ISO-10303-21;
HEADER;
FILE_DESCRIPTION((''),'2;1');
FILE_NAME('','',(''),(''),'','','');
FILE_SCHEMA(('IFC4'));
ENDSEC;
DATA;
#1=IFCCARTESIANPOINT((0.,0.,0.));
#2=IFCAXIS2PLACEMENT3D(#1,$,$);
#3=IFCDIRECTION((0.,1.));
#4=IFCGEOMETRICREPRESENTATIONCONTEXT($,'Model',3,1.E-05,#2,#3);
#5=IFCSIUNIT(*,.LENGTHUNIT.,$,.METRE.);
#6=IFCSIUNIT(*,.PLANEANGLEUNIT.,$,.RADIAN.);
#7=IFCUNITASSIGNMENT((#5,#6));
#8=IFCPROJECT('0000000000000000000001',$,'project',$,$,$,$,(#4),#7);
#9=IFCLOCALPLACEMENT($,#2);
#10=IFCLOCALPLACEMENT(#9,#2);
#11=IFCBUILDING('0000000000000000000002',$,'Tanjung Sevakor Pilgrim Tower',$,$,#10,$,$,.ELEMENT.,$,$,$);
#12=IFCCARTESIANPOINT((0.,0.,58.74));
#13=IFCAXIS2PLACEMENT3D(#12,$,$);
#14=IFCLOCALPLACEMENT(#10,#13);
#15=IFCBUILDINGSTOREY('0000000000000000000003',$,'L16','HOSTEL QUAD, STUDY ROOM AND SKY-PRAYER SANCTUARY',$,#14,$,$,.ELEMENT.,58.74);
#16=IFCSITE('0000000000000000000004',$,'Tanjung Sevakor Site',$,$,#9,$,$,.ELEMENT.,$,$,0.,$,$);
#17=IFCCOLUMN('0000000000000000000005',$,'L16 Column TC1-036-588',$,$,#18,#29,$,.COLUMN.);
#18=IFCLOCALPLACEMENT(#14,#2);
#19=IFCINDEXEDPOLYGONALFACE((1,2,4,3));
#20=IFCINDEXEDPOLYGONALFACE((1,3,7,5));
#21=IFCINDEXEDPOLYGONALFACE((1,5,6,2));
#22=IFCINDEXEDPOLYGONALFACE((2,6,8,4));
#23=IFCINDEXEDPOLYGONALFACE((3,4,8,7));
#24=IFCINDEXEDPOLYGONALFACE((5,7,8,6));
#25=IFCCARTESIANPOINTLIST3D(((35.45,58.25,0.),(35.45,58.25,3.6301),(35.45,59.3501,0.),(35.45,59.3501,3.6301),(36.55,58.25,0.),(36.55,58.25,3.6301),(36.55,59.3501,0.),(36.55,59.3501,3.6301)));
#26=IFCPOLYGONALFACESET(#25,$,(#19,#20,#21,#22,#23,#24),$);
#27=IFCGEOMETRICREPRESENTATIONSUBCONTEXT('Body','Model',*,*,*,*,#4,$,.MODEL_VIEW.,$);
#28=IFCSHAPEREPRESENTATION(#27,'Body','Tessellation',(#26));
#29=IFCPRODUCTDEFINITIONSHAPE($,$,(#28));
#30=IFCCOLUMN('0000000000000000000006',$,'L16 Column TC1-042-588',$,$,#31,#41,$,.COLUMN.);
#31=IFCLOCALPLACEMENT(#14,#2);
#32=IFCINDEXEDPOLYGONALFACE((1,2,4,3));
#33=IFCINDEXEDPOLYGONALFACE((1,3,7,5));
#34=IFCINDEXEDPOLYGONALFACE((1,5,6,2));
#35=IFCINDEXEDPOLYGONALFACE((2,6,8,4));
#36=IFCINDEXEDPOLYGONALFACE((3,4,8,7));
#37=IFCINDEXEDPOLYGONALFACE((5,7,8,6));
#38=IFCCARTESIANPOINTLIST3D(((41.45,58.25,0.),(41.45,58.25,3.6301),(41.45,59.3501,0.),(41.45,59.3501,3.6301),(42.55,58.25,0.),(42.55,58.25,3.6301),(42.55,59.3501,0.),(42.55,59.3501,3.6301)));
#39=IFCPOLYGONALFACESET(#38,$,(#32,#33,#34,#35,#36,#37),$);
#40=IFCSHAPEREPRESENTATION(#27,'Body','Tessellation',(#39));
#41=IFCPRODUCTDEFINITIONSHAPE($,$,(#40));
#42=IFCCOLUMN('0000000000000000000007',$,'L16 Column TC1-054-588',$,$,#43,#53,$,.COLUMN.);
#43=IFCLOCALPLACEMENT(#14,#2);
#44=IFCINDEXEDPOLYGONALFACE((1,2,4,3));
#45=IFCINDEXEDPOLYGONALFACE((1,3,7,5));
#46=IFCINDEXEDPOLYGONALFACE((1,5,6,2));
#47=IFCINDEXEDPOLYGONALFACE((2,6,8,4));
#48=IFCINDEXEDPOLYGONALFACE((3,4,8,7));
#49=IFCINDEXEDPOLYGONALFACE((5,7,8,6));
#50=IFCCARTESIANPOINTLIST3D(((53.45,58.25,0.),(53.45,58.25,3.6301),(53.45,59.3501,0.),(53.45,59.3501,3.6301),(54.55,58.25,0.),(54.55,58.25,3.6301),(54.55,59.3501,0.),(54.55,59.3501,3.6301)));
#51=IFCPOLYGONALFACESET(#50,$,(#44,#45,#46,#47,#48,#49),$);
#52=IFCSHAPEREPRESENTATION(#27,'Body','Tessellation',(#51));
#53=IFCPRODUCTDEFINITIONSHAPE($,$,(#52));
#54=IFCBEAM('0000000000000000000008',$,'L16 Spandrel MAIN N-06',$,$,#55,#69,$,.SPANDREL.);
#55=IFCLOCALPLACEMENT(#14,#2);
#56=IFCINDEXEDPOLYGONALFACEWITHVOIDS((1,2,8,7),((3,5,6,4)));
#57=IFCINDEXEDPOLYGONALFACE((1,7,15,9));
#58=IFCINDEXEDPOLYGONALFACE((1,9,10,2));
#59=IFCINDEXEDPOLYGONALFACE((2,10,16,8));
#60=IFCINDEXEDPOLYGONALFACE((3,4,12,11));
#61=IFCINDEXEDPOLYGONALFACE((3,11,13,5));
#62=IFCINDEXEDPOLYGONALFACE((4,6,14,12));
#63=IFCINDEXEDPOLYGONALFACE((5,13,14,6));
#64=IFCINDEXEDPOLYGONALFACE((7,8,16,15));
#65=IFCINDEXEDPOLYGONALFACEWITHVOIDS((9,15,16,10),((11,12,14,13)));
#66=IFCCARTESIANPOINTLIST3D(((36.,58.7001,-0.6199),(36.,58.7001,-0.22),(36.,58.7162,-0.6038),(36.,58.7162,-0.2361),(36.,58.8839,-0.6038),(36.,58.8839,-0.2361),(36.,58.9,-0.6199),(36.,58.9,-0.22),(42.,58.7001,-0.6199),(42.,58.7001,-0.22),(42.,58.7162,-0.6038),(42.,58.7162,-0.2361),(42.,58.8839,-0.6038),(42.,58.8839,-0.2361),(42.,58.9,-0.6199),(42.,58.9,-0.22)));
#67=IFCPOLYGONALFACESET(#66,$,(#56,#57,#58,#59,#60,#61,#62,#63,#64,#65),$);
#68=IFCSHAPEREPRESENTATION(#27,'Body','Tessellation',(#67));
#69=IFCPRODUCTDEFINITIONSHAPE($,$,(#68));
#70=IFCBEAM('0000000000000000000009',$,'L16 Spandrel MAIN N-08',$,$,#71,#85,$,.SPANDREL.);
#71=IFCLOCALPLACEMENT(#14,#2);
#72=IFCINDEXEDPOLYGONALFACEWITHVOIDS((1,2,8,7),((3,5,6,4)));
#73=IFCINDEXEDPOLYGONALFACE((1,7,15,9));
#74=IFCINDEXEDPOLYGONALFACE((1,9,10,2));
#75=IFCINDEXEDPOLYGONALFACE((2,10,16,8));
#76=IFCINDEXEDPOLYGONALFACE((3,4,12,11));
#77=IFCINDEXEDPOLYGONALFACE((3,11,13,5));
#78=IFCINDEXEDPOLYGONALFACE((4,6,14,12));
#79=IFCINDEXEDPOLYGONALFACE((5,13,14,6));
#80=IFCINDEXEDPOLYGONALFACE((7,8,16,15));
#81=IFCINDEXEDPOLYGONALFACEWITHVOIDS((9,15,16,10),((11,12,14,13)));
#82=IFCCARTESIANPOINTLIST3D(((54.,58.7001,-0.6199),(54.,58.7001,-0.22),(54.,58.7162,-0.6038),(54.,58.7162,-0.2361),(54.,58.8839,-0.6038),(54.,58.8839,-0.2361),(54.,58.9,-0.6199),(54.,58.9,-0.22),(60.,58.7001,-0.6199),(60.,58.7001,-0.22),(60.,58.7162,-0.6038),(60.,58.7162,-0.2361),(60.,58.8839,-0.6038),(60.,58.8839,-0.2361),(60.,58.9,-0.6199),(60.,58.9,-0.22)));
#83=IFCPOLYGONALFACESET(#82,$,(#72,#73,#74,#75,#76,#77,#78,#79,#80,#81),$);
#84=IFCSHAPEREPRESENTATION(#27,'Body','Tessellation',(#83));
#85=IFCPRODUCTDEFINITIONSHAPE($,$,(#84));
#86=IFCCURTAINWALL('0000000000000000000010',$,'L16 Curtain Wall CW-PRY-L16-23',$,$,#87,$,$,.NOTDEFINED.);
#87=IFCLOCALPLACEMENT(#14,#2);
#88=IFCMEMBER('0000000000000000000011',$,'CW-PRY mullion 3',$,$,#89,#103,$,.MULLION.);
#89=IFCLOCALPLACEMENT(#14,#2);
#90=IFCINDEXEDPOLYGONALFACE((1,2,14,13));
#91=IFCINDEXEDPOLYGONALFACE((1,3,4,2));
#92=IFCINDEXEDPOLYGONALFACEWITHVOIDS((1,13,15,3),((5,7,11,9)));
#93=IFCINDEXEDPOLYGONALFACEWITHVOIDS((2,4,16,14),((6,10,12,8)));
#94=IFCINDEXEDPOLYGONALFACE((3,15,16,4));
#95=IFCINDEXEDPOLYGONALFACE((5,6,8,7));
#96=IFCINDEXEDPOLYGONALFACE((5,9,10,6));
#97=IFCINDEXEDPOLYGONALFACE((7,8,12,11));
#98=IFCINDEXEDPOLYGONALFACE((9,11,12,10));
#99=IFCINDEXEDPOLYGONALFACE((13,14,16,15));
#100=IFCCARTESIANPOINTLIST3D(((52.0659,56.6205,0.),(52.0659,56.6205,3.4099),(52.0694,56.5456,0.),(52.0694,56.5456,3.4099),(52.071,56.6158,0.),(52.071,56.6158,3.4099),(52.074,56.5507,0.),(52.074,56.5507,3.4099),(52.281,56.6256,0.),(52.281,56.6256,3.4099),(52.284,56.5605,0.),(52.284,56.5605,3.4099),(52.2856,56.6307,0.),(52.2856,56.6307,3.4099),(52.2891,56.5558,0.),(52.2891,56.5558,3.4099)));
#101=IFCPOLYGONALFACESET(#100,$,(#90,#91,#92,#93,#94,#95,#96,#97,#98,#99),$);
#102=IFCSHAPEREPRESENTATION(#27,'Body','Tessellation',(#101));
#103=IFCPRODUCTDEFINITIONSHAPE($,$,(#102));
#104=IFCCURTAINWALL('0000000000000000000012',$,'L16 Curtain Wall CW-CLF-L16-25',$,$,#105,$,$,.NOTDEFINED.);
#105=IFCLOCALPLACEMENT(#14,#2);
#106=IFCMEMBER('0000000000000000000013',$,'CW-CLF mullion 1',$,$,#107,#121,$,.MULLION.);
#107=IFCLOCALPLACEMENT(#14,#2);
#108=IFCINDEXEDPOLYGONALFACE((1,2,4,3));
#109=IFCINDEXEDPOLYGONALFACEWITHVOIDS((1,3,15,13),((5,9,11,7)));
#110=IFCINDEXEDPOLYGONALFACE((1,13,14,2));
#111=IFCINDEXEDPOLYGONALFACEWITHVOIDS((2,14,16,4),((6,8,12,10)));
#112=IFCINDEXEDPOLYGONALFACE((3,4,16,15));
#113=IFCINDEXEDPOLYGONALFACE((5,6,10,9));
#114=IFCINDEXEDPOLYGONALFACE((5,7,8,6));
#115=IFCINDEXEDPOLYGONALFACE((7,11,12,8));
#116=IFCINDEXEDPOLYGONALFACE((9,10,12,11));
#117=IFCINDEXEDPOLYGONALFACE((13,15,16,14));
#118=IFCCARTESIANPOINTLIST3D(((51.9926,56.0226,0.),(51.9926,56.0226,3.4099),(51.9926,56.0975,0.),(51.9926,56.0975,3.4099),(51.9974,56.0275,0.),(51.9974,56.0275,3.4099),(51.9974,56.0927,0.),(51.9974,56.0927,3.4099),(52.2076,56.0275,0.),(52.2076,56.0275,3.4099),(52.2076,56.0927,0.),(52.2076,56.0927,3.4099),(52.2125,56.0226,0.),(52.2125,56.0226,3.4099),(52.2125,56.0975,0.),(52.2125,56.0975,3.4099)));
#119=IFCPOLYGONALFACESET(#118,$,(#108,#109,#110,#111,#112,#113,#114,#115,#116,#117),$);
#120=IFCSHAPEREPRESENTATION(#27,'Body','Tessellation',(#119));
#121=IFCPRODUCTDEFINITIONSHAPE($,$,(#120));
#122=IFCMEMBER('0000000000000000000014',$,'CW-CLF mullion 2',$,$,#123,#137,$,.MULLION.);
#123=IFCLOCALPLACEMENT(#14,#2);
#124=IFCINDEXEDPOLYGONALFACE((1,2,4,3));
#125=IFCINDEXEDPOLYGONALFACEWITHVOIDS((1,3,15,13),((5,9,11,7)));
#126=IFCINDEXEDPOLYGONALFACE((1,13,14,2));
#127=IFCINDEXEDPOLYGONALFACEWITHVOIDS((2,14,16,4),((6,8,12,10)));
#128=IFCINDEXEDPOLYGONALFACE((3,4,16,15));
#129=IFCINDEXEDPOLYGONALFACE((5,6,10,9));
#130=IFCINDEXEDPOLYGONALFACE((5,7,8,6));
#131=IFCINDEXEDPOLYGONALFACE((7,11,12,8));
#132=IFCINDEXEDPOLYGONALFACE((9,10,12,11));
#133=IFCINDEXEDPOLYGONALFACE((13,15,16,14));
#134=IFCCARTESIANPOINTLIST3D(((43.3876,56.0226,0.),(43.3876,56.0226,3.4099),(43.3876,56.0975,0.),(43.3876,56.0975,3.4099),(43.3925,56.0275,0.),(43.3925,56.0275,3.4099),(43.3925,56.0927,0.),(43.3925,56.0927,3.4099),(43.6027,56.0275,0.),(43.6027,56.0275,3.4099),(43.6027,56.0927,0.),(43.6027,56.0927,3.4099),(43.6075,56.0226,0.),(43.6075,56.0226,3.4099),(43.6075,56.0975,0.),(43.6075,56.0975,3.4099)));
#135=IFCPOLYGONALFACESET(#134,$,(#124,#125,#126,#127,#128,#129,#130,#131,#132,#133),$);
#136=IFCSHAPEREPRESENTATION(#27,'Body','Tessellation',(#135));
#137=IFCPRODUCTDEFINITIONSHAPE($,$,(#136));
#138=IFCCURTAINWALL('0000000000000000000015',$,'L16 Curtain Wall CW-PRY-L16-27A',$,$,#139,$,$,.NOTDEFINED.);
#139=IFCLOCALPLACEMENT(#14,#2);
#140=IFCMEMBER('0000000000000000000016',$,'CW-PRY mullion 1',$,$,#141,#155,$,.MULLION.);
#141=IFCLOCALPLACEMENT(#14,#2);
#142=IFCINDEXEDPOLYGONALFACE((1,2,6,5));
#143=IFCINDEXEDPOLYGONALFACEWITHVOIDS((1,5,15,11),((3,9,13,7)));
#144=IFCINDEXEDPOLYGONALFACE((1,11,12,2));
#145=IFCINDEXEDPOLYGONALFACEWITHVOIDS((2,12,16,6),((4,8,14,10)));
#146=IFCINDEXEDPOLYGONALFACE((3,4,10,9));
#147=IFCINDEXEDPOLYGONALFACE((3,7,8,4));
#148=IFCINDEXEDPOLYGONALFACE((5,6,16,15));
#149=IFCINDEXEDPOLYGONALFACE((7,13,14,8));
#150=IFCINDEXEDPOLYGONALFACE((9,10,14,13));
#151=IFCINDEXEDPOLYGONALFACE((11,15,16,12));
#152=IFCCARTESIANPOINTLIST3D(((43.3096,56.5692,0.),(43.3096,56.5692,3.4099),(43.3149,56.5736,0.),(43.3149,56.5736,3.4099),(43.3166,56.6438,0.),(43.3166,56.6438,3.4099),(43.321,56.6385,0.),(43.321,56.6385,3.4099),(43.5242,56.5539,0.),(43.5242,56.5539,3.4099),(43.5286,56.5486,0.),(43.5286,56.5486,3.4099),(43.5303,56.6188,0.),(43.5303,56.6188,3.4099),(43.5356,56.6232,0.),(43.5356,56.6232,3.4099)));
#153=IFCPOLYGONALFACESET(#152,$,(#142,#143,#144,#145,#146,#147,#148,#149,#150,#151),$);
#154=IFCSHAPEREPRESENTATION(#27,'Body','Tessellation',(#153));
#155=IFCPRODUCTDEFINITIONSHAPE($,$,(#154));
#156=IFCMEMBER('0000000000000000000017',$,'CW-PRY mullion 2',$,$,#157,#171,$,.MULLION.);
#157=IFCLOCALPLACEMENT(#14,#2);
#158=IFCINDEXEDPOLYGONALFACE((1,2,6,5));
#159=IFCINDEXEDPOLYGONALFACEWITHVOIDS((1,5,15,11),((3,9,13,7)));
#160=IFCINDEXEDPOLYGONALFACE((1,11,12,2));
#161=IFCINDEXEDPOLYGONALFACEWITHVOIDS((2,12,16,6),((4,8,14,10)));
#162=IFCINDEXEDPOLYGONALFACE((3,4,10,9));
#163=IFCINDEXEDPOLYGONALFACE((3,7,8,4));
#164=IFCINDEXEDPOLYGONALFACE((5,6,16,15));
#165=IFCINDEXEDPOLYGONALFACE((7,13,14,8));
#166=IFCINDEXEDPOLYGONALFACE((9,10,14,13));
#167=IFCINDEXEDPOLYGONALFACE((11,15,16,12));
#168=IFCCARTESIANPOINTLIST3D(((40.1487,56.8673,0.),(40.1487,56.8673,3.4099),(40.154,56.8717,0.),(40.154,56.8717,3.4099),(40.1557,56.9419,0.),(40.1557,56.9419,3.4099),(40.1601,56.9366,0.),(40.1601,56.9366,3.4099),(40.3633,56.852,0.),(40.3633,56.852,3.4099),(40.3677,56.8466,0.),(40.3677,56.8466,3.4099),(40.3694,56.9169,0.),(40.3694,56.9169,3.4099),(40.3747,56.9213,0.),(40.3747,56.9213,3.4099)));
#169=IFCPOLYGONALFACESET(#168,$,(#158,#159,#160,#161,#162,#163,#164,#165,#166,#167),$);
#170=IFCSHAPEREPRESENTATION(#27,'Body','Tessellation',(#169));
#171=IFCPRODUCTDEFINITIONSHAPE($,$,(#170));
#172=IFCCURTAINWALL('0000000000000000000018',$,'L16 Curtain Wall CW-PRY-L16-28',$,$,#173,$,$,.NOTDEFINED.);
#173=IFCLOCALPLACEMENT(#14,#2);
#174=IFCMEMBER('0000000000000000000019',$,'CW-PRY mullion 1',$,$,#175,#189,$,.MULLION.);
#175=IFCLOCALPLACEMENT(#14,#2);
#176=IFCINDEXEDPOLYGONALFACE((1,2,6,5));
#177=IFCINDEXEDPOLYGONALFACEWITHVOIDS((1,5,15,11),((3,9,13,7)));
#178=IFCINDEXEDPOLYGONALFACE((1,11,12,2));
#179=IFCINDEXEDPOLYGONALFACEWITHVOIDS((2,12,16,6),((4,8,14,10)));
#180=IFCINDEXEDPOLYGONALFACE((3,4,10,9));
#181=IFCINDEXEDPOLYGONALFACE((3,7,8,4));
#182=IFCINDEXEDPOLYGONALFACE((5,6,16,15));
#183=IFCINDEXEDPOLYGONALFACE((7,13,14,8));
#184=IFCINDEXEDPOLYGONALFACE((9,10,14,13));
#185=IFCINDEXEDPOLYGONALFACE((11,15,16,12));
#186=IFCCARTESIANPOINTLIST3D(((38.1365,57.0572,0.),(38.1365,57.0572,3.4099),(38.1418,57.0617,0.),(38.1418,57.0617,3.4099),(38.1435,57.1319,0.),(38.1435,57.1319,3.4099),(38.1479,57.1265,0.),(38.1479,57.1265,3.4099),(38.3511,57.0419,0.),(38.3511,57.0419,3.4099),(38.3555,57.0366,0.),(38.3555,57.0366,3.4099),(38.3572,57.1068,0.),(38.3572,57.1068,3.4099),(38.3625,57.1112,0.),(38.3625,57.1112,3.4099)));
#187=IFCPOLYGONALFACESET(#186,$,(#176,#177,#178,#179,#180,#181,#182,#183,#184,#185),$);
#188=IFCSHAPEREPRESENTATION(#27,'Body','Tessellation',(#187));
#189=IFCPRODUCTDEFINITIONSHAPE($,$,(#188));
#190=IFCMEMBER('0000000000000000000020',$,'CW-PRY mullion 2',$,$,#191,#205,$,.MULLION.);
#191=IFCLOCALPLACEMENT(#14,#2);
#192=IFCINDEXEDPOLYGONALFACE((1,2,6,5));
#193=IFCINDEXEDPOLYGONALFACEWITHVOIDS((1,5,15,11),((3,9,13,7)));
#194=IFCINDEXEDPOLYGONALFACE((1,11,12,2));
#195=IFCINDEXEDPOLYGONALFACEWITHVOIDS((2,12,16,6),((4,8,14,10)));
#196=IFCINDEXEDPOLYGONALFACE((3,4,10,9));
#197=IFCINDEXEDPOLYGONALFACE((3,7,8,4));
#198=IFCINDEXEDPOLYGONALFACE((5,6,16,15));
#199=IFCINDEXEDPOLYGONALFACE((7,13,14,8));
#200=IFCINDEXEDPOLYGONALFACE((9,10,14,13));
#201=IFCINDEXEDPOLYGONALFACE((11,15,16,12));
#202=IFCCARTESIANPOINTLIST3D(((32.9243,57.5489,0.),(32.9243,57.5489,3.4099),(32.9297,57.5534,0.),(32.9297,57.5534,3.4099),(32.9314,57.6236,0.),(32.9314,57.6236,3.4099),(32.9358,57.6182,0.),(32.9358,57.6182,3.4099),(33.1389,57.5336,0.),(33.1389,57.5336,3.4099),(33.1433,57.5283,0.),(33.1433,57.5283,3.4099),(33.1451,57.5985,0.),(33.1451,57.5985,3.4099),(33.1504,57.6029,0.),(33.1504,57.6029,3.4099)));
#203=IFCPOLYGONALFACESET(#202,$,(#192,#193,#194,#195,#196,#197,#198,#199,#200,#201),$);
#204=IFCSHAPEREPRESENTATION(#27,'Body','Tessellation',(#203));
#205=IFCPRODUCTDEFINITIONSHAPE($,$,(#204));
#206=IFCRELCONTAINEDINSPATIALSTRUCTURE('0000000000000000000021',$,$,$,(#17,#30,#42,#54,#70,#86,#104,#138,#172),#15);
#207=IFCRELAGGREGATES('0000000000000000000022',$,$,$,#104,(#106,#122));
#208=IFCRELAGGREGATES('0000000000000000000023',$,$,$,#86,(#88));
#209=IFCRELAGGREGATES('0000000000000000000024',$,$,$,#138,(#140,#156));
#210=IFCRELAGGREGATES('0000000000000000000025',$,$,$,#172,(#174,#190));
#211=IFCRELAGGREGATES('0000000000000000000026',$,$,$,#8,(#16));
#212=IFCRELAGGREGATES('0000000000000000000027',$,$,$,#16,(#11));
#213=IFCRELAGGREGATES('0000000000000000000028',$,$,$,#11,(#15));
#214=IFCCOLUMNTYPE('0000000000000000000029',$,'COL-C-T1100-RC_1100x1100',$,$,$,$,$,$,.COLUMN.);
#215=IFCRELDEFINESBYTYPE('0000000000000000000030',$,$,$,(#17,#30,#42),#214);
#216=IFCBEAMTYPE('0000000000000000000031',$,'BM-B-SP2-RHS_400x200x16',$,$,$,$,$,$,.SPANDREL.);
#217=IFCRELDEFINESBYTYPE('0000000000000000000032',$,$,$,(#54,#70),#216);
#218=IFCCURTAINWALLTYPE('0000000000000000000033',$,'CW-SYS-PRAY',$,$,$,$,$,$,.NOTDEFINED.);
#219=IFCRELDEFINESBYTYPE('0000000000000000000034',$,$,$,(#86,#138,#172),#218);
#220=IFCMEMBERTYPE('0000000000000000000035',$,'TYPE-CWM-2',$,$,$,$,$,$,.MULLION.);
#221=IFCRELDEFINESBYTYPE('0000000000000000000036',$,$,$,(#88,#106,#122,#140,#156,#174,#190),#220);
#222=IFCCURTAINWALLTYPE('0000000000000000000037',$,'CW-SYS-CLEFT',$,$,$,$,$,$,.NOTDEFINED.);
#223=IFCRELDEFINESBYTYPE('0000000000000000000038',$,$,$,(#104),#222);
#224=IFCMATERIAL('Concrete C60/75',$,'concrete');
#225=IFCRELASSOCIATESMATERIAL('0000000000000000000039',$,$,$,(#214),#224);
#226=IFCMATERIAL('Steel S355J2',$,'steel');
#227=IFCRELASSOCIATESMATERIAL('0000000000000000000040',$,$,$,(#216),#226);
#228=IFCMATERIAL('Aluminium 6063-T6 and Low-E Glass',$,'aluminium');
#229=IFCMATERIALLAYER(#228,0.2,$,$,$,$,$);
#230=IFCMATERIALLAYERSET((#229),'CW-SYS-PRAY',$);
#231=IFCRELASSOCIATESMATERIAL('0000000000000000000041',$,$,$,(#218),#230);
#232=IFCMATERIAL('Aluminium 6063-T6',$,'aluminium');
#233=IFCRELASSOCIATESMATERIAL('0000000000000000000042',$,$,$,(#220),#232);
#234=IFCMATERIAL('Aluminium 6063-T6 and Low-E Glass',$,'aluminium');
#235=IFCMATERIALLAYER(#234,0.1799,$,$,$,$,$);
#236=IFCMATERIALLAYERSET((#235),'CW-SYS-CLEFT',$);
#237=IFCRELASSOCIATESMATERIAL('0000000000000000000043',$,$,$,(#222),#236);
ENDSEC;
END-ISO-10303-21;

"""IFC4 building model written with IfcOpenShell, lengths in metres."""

from ifc_helpers import new_model, si_unit, direction, frame, origin, origin_2d, place, context, subcontext, project, spatial, rectangle, hollow_rectangle, extrude, material, layer, layer_set, material_profile, profile_set, type_object, element, aggregate, save


model = new_model("IFC4")

# Units and contexts
model_context = context("Model", 3, precision=1e-05, world=origin(), true_north=direction((0.0, 1.0)))
body_context = subcontext(model_context, "Body", "Model", "MODEL_VIEW")
ifc_project = project(units=[si_unit("LENGTHUNIT", "METRE"), si_unit("PLANEANGLEUNIT", "RADIAN")], contexts=[model_context])

# Site, building, storey
site_placement = place(None, origin())
site = spatial("IfcSite", under=ifc_project, at=site_placement, Name="Tanjung Sevakor Site", CompositionType="ELEMENT", RefElevation=0.0)
building_placement = place(site_placement, origin())
building = spatial("IfcBuilding", under=site, at=building_placement, Name="Tanjung Sevakor Pilgrim Tower", CompositionType="ELEMENT")
storey_placement = place(building_placement, frame((0.0, 0.0, 58.74)))
storey = spatial("IfcBuildingStorey", under=building, at=storey_placement, Name="L16", Description="HOSTEL QUAD, STUDY ROOM AND SKY-PRAYER SANCTUARY", CompositionType="ELEMENT", Elevation=58.74)

# Columns
ifc_material_1 = material(Name="Concrete C60/75", Category="concrete")
ifc_material_profile_1 = material_profile(ifc_material_1, rectangle(XDim=1.1001, YDim=1.1001, at=origin_2d()))
ifc_profile_set_1 = profile_set([ifc_material_profile_1], Name="Concrete C60/75")
column_type = type_object("IfcColumnType", Name="COL-C-T1100-RC_1100x1100", PredefinedType="COLUMN", material=ifc_profile_set_1)
for number, where, z_axis, x_axis, name in (
    (1, (36.0, 58.8, 0.0), (0.0, 0.0, 1.0), (1.0, 0.0, 0.0), "L16 Column TC1-036-588"),
    (2, (42.0, 58.8, 0.0), (0.0, 0.0, 1.0), (1.0, 0.0, 0.0), "L16 Column TC1-042-588"),
    (3, (54.0, 58.8, 0.0), (0.0, 0.0, 1.0), (1.0, 0.0, 0.0), "L16 Column TC1-054-588"),
):
    element("IfcColumn", number, at=place(storey_placement, frame(where, z_axis=z_axis, x_axis=x_axis)), inside=storey, type_object=column_type, Name=name, PredefinedType="COLUMN", context=body_context, shape_type="SweptSolid", body=[
        extrude(rectangle(XDim=1.1001, YDim=1.1001, at=origin_2d()), origin(), (0.0, 0.0, 1.0), 3.6301),
    ])

# Beams
ifc_material_2 = material(Name="Steel S355J2", Category="steel")
ifc_material_profile_2 = material_profile(ifc_material_2, hollow_rectangle(XDim=0.2, YDim=0.3999, WallThickness=0.0161, at=origin_2d()))
ifc_profile_set_2 = profile_set([ifc_material_profile_2], Name="Steel S355J2")
beam_type = type_object("IfcBeamType", Name="BM-B-SP2-RHS_400x200x16", PredefinedType="SPANDREL", material=ifc_profile_set_2)
for number, where, z_axis, x_axis, name in (
    (4, (36.0, 58.8, -0.4199), (1.0, 0.0, 0.0), (0.0, 1.0, 0.0), "L16 Spandrel MAIN N-06"),
    (5, (54.0, 58.8, -0.4199), (1.0, 0.0, 0.0), (0.0, 1.0, 0.0), "L16 Spandrel MAIN N-08"),
):
    element("IfcBeam", number, at=place(storey_placement, frame(where, z_axis=z_axis, x_axis=x_axis)), inside=storey, type_object=beam_type, Name=name, PredefinedType="SPANDREL", context=body_context, shape_type="SweptSolid", body=[
        extrude(hollow_rectangle(XDim=0.2, YDim=0.3999, WallThickness=0.0161, at=origin_2d()), origin(), (0.0, 0.0, 1.0), 6.0),
    ])

# Curtain wall, member
ifc_material_3 = material(Name="Aluminium 6063-T6 and Low-E Glass", Category="aluminium")
ifc_layer_1 = layer(ifc_material_3, 0.2)
ifc_layer_set_1 = layer_set([ifc_layer_1], Name="CW-SYS-PRAY")
curtain_wall_type_1 = type_object("IfcCurtainWallType", Name="CW-SYS-PRAY", PredefinedType="NOTDEFINED", material=ifc_layer_set_1)
curtain_wall_1_placement = place(storey_placement, origin())
curtain_wall_1 = element("IfcCurtainWall", 6, at=curtain_wall_1_placement, inside=storey, type_object=curtain_wall_type_1, Name="L16 Curtain Wall CW-PRY-L16-23", PredefinedType="NOTDEFINED")
ifc_material_4 = material(Name="Aluminium 6063-T6", Category="aluminium")
ifc_material_profile_3 = material_profile(ifc_material_4, hollow_rectangle(XDim=0.075, YDim=0.22, WallThickness=0.0049, at=origin_2d()))
ifc_profile_set_3 = profile_set([ifc_material_profile_3], Name="Aluminium 6063-T6")
member_type_1 = type_object("IfcMemberType", Name="TYPE-CWM-2", PredefinedType="MULLION", material=ifc_profile_set_3)
member_1_placement = place(storey_placement, frame((52.1775, 56.5881, 0.0), z_axis=(0.0, 0.0, 1.0), x_axis=(0.046462, -0.99892, 0.0)))
member_1 = element("IfcMember", 7, at=member_1_placement, type_object=member_type_1, Name="CW-PRY mullion 3", PredefinedType="MULLION", context=body_context, shape_type="SweptSolid", body=[
    extrude(hollow_rectangle(XDim=0.075, YDim=0.22, WallThickness=0.0049, at=origin_2d()), origin(), (0.0, 0.0, 1.0), 3.4099),
])

# Curtain walls, members
ifc_material_5 = material(Name="Aluminium 6063-T6 and Low-E Glass", Category="aluminium")
ifc_layer_2 = layer(ifc_material_5, 0.1799)
ifc_layer_set_2 = layer_set([ifc_layer_2], Name="CW-SYS-CLEFT")
curtain_wall_type_2 = type_object("IfcCurtainWallType", Name="CW-SYS-CLEFT", PredefinedType="NOTDEFINED", material=ifc_layer_set_2)
curtain_wall_2_placement = place(storey_placement, origin())
curtain_wall_2 = element("IfcCurtainWall", 8, at=curtain_wall_2_placement, inside=storey, type_object=curtain_wall_type_2, Name="L16 Curtain Wall CW-CLF-L16-25", PredefinedType="NOTDEFINED")
member_2_placement = place(storey_placement, frame((52.1025, 56.0601, 0.0), z_axis=(0.0, 0.0, 1.0), x_axis=(0.0, -1.0, 0.0)))
member_2 = element("IfcMember", 9, at=member_2_placement, type_object=member_type_1, Name="CW-CLF mullion 1", PredefinedType="MULLION", context=body_context, shape_type="SweptSolid", body=[
    extrude(hollow_rectangle(XDim=0.075, YDim=0.22, WallThickness=0.0049, at=origin_2d()), origin(), (0.0, 0.0, 1.0), 3.4099),
])
member_3_placement = place(storey_placement, frame((43.4976, 56.0601, 0.0), z_axis=(0.0, 0.0, 1.0), x_axis=(0.0, -1.0, 0.0)))
member_3 = element("IfcMember", 10, at=member_3_placement, type_object=member_type_1, Name="CW-CLF mullion 2", PredefinedType="MULLION", context=body_context, shape_type="SweptSolid", body=[
    extrude(hollow_rectangle(XDim=0.075, YDim=0.22, WallThickness=0.0049, at=origin_2d()), origin(), (0.0, 0.0, 1.0), 3.4099),
])
curtain_wall_3_placement = place(storey_placement, origin())
curtain_wall_3 = element("IfcCurtainWall", 11, at=curtain_wall_3_placement, inside=storey, type_object=curtain_wall_type_1, Name="L16 Curtain Wall CW-PRY-L16-27A", PredefinedType="NOTDEFINED")
member_4_placement = place(storey_placement, frame((43.4226, 56.5962, 0.0), z_axis=(0.0, 0.0, 1.0), x_axis=(-0.093909, -0.995581, 0.0)))
member_4 = element("IfcMember", 12, at=member_4_placement, type_object=member_type_1, Name="CW-PRY mullion 1", PredefinedType="MULLION", context=body_context, shape_type="SweptSolid", body=[
    extrude(hollow_rectangle(XDim=0.075, YDim=0.22, WallThickness=0.0049, at=origin_2d()), origin(), (0.0, 0.0, 1.0), 3.4099),
])
member_5_placement = place(storey_placement, frame((40.2617, 56.8943, 0.0), z_axis=(0.0, 0.0, 1.0), x_axis=(-0.093909, -0.995581, 0.0)))
member_5 = element("IfcMember", 13, at=member_5_placement, type_object=member_type_1, Name="CW-PRY mullion 2", PredefinedType="MULLION", context=body_context, shape_type="SweptSolid", body=[
    extrude(hollow_rectangle(XDim=0.075, YDim=0.22, WallThickness=0.0049, at=origin_2d()), origin(), (0.0, 0.0, 1.0), 3.4099),
])
curtain_wall_4_placement = place(storey_placement, origin())
curtain_wall_4 = element("IfcCurtainWall", 14, at=curtain_wall_4_placement, inside=storey, type_object=curtain_wall_type_1, Name="L16 Curtain Wall CW-PRY-L16-28", PredefinedType="NOTDEFINED")
member_6_placement = place(storey_placement, frame((38.2495, 57.0842, 0.0), z_axis=(0.0, 0.0, 1.0), x_axis=(-0.093929, -0.995579, 0.0)))
member_6 = element("IfcMember", 15, at=member_6_placement, type_object=member_type_1, Name="CW-PRY mullion 1", PredefinedType="MULLION", context=body_context, shape_type="SweptSolid", body=[
    extrude(hollow_rectangle(XDim=0.075, YDim=0.22, WallThickness=0.0049, at=origin_2d()), origin(), (0.0, 0.0, 1.0), 3.4099),
])
member_7_placement = place(storey_placement, frame((33.0374, 57.5759, 0.0), z_axis=(0.0, 0.0, 1.0), x_axis=(-0.093929, -0.995579, 0.0)))
member_7 = element("IfcMember", 16, at=member_7_placement, type_object=member_type_1, Name="CW-PRY mullion 2", PredefinedType="MULLION", context=body_context, shape_type="SweptSolid", body=[
    extrude(hollow_rectangle(XDim=0.075, YDim=0.22, WallThickness=0.0049, at=origin_2d()), origin(), (0.0, 0.0, 1.0), 3.4099),
])

aggregate(curtain_wall_2, [member_2, member_3])
aggregate(curtain_wall_1, [member_1])
aggregate(curtain_wall_3, [member_4, member_5])
aggregate(curtain_wall_4, [member_6, member_7])

save(model, "model.ifc")
